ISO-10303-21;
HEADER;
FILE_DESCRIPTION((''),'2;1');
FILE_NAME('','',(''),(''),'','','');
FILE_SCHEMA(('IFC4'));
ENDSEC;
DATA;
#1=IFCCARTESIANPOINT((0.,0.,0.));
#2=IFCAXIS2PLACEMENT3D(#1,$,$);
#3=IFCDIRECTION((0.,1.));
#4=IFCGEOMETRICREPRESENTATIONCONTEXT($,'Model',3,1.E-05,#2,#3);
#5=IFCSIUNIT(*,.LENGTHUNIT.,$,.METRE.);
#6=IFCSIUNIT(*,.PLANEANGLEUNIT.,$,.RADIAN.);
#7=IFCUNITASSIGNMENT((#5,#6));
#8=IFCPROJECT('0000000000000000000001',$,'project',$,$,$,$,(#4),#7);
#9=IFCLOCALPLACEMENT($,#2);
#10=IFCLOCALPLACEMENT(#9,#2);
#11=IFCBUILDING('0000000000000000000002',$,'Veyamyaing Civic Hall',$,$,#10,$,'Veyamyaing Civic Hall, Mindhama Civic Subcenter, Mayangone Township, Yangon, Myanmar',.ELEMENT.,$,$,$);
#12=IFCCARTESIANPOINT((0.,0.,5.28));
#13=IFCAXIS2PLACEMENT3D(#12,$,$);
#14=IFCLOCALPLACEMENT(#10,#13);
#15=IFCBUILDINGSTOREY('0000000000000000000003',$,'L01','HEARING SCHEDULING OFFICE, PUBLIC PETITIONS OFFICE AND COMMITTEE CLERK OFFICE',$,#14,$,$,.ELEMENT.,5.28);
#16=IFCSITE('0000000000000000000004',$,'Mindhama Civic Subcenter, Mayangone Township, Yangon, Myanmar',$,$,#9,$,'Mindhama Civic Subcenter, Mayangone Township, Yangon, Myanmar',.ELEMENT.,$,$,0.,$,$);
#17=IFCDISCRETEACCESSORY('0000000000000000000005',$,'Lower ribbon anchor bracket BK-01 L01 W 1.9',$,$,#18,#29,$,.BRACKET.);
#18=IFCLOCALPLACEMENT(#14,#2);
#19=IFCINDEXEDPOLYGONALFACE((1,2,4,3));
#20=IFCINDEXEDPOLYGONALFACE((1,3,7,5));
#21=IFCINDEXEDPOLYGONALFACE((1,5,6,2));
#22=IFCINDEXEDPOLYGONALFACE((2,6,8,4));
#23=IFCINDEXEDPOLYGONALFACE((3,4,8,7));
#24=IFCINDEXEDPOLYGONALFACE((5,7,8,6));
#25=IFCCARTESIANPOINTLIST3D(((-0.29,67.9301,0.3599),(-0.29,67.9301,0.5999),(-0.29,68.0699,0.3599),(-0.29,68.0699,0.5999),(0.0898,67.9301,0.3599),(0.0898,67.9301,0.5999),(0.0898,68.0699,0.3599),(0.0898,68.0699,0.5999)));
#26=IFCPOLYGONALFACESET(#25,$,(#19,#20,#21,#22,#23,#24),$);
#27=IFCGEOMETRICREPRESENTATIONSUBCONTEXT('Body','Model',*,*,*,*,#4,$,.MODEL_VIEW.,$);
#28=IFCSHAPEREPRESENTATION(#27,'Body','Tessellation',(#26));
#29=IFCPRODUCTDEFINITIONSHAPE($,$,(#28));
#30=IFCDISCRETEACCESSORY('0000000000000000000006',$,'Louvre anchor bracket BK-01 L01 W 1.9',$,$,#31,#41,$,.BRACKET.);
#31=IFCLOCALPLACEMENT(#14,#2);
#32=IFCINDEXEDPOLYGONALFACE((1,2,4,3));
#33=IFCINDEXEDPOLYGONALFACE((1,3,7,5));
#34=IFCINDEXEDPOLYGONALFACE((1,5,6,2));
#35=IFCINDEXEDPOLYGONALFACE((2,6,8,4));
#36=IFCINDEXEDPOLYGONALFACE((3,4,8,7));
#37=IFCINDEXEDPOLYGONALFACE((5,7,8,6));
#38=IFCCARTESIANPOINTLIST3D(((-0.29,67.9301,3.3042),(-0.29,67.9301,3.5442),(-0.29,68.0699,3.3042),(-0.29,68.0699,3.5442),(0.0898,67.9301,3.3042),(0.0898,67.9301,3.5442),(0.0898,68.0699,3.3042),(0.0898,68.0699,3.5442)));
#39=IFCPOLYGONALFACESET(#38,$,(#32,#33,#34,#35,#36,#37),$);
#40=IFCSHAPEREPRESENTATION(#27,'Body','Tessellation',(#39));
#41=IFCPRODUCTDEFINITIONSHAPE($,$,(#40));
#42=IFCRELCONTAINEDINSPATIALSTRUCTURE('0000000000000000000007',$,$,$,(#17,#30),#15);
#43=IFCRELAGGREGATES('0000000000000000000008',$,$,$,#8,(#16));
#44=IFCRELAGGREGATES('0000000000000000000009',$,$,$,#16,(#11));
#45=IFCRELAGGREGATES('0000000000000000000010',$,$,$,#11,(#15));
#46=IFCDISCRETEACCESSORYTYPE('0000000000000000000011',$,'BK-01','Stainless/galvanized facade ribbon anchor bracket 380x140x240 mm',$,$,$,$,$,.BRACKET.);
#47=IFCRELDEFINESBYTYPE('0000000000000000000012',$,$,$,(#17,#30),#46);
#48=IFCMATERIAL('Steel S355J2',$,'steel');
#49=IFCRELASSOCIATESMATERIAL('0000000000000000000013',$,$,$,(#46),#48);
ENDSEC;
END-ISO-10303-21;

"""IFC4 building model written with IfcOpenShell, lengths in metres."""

from ifc_helpers import new_model, si_unit, direction, frame, origin, origin_2d, place, context, subcontext, project, spatial, rectangle, extrude, material, type_object, element, save


model = new_model("IFC4")

# Units and contexts
model_context = context("Model", 3, precision=1e-05, world=origin(), true_north=direction((0.0, 1.0)))
body_context = subcontext(model_context, "Body", "Model", "MODEL_VIEW")
ifc_project = project(units=[si_unit("LENGTHUNIT", "METRE"), si_unit("PLANEANGLEUNIT", "RADIAN")], contexts=[model_context])

# Site, building, storey
site_placement = place(None, origin())
site = spatial("IfcSite", under=ifc_project, at=site_placement, Name="Mindhama Civic Subcenter, Mayangone Township, Yangon, Myanmar", LongName="Mindhama Civic Subcenter, Mayangone Township, Yangon, Myanmar", CompositionType="ELEMENT", RefElevation=0.0)
building_placement = place(site_placement, origin())
building = spatial("IfcBuilding", under=site, at=building_placement, Name="Veyamyaing Civic Hall", LongName="Veyamyaing Civic Hall, Mindhama Civic Subcenter, Mayangone Township, Yangon, Myanmar", CompositionType="ELEMENT")
storey_placement = place(building_placement, frame((0.0, 0.0, 5.28)))
storey = spatial("IfcBuildingStorey", under=building, at=storey_placement, Name="L01", Description="HEARING SCHEDULING OFFICE, PUBLIC PETITIONS OFFICE AND COMMITTEE CLERK OFFICE", CompositionType="ELEMENT", Elevation=5.28)

# Discrete accessories
ifc_material_1 = material(Name="Steel S355J2", Category="steel")
discrete_accessory_type = type_object("IfcDiscreteAccessoryType", Name="BK-01", Description="Stainless/galvanized facade ribbon anchor bracket 380x140x240 mm", PredefinedType="BRACKET", material=ifc_material_1)
for number, where, z_axis, x_axis, name in (
    (1, (-0.1001, 68.0, 0.3599), (0.0, 0.0, 1.0), (-1.0, 0.0, 0.0), "Lower ribbon anchor bracket BK-01 L01 W 1.9"),
    (2, (-0.1001, 68.0, 3.3042), (0.0, 0.0, 1.0), (-1.0, 0.0, 0.0), "Louvre anchor bracket BK-01 L01 W 1.9"),
):
    element("IfcDiscreteAccessory", number, at=place(storey_placement, frame(where, z_axis=z_axis, x_axis=x_axis)), inside=storey, type_object=discrete_accessory_type, Name=name, PredefinedType="BRACKET", context=body_context, shape_type="SweptSolid", body=[
        extrude(rectangle(XDim=0.3799, YDim=0.1399, at=origin_2d()), origin(), (0.0, 0.0, 1.0), 0.24),
    ])

save(model, "model.ifc")
